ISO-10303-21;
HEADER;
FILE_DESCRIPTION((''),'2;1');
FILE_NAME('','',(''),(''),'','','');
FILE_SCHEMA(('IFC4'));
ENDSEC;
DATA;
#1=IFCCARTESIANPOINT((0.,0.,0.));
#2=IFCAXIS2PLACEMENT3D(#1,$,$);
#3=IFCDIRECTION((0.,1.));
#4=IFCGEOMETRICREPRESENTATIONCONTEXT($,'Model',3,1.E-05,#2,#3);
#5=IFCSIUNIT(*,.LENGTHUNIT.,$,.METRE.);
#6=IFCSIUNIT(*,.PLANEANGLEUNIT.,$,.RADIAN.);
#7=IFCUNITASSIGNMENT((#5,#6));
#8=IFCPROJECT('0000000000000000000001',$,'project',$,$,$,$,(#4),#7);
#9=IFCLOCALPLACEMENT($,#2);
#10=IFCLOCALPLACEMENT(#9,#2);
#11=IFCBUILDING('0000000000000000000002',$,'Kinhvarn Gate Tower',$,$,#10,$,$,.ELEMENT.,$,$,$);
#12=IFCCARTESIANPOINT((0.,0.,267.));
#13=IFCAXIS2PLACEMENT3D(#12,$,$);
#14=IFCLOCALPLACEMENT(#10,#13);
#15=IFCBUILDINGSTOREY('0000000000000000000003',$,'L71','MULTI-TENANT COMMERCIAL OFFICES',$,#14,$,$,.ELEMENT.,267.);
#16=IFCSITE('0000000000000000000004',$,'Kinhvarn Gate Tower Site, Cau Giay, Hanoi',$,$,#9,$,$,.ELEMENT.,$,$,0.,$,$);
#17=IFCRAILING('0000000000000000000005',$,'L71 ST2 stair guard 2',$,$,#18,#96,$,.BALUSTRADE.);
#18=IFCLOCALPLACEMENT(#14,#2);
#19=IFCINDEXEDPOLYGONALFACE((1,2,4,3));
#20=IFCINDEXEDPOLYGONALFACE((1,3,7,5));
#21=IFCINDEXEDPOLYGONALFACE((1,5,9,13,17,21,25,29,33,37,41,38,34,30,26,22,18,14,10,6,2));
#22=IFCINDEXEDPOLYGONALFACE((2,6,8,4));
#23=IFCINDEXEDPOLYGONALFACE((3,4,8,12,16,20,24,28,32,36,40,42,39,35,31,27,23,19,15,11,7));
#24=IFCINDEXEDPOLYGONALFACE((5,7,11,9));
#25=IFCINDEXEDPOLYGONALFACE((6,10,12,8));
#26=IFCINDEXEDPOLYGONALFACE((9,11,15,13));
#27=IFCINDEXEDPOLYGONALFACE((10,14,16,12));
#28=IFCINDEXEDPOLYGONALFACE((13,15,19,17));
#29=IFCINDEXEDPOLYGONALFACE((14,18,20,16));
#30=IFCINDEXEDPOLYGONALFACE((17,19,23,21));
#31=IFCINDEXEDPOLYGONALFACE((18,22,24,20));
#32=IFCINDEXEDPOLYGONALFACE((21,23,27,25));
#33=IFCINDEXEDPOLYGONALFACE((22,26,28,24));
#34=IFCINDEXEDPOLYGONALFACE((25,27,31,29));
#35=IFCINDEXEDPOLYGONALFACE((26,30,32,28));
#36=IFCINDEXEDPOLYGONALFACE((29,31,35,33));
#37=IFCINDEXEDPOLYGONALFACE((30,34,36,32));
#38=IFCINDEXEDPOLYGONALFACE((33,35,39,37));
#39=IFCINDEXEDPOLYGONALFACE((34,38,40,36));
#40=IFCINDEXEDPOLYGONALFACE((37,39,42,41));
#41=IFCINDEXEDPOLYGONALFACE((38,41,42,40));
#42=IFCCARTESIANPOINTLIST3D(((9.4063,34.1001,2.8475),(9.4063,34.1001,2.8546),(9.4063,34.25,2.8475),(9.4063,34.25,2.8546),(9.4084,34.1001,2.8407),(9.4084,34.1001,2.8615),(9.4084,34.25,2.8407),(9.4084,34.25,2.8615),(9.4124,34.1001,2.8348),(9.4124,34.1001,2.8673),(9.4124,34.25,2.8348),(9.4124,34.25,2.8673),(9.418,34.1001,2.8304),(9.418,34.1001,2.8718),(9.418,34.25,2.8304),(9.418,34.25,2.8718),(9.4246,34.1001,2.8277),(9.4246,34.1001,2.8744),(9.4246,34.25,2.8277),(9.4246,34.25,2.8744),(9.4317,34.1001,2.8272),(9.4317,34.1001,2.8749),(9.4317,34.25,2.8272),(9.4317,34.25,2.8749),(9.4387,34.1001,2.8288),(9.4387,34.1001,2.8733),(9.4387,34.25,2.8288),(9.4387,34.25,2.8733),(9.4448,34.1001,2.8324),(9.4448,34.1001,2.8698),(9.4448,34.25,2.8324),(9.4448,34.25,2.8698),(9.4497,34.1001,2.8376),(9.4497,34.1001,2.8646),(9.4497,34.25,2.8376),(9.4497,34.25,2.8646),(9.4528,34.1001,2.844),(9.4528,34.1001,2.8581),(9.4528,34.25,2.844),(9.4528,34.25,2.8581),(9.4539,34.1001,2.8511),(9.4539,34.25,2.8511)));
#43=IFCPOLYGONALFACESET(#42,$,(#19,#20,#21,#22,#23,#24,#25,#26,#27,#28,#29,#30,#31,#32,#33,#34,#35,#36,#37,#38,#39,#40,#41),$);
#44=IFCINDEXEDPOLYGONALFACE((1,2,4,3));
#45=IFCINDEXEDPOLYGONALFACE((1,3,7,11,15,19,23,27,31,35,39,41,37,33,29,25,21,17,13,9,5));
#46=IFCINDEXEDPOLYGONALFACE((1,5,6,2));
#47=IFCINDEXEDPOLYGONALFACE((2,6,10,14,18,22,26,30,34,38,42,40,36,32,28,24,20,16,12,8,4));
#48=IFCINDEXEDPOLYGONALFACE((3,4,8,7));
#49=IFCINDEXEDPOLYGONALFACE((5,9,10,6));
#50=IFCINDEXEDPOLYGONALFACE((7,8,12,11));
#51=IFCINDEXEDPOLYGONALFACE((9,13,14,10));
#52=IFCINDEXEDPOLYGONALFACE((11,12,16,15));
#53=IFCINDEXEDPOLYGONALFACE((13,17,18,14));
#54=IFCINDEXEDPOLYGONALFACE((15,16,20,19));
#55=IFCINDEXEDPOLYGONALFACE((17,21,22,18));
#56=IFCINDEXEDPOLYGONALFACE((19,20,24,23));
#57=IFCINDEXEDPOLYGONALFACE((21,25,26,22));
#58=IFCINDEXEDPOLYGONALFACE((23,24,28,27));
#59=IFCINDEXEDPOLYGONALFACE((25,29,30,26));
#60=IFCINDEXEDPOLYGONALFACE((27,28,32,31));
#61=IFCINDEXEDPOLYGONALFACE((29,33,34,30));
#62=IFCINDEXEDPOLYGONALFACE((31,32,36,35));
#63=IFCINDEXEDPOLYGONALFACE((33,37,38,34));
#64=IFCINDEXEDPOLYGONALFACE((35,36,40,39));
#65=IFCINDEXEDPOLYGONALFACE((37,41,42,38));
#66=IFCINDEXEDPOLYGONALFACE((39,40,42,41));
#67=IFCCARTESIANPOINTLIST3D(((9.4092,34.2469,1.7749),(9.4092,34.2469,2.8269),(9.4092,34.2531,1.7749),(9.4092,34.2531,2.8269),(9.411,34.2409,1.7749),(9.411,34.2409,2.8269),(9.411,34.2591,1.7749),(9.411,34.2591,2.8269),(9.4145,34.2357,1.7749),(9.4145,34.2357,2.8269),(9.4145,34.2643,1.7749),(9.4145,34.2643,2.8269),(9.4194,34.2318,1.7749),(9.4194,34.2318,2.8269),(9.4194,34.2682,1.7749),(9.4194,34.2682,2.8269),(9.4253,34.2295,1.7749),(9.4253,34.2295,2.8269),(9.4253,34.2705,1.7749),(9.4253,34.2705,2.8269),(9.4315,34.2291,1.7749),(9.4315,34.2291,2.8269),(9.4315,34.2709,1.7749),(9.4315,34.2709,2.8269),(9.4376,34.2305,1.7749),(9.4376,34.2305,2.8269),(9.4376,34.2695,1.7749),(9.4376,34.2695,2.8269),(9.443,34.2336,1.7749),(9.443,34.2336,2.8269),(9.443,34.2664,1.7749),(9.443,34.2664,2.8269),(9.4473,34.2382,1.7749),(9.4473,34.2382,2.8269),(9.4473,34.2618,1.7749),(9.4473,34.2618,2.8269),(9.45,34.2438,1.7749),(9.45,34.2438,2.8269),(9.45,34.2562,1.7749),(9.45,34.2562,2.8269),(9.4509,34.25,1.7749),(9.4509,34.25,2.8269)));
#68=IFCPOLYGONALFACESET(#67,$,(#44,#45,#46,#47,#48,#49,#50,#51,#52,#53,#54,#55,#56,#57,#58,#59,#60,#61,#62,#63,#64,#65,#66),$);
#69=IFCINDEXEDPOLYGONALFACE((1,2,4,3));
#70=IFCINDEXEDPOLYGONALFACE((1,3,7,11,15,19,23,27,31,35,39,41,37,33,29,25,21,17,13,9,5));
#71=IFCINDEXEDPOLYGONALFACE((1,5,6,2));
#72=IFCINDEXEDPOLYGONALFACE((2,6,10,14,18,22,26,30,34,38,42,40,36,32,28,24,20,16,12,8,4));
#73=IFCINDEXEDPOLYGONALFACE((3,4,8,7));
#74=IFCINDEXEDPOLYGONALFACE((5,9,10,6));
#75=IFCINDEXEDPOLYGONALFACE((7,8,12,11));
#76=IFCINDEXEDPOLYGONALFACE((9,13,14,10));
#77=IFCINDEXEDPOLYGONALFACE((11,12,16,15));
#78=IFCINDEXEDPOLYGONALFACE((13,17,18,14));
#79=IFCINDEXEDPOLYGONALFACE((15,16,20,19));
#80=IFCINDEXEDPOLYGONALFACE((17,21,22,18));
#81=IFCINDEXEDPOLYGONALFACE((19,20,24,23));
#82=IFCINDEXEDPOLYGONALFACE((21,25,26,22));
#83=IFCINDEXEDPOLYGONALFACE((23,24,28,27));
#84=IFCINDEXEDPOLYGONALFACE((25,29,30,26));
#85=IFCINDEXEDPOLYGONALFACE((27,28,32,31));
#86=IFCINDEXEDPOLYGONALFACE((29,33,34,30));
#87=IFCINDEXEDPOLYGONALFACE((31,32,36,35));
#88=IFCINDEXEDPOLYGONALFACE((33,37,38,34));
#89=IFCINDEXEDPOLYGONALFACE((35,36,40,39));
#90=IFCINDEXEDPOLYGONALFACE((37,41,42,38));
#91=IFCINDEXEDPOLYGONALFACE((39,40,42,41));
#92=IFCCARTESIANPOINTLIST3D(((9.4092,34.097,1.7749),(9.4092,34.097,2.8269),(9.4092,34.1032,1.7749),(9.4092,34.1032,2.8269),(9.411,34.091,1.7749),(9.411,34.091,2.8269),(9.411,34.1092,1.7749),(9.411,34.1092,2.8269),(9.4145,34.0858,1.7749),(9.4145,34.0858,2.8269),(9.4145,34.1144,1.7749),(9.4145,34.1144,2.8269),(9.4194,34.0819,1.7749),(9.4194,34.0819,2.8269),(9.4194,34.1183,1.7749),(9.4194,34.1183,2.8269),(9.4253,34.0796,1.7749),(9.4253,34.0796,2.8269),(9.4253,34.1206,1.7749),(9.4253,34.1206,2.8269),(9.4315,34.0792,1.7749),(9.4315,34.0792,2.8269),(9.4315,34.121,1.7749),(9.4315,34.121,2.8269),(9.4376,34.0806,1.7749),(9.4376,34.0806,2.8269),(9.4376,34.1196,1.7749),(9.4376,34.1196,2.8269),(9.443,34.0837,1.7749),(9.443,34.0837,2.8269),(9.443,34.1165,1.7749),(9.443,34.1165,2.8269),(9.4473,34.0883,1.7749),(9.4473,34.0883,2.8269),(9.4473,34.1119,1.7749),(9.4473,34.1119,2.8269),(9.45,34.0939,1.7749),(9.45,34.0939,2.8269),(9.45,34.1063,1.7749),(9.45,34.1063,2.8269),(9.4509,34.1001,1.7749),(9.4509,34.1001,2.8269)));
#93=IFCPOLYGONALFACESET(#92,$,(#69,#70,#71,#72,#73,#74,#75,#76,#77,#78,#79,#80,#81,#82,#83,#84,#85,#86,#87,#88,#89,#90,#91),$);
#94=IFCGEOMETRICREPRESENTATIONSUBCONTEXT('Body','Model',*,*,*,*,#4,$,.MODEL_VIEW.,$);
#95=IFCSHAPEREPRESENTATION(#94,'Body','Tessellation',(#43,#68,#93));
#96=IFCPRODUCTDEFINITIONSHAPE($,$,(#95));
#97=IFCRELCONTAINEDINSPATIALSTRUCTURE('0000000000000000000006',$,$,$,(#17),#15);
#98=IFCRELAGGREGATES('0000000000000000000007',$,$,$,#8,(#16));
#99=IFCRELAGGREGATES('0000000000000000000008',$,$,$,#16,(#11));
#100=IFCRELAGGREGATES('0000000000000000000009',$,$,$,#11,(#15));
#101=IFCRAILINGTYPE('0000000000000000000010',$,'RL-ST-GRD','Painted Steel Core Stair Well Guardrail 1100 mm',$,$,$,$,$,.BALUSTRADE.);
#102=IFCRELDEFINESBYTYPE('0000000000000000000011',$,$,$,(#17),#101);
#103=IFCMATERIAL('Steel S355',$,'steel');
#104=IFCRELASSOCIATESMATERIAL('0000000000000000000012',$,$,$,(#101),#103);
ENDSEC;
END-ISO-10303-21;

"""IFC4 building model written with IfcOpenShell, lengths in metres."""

from ifc_helpers import new_model, si_unit, direction, frame, origin, origin_2d, place, context, subcontext, project, spatial, circle, extrude, material, type_object, element, save


model = new_model("IFC4")

# Units and contexts
model_context = context("Model", 3, precision=1e-05, world=origin(), true_north=direction((0.0, 1.0)))
body_context = subcontext(model_context, "Body", "Model", "MODEL_VIEW")
ifc_project = project(units=[si_unit("LENGTHUNIT", "METRE"), si_unit("PLANEANGLEUNIT", "RADIAN")], contexts=[model_context])

# Site, building, storey
site_placement = place(None, origin())
site = spatial("IfcSite", under=ifc_project, at=site_placement, Name="Kinhvarn Gate Tower Site, Cau Giay, Hanoi", CompositionType="ELEMENT", RefElevation=0.0)
building_placement = place(site_placement, origin())
building = spatial("IfcBuilding", under=site, at=building_placement, Name="Kinhvarn Gate Tower", CompositionType="ELEMENT")
storey_placement = place(building_placement, frame((0.0, 0.0, 267.0)))
storey = spatial("IfcBuildingStorey", under=building, at=storey_placement, Name="L71", Description="MULTI-TENANT COMMERCIAL OFFICES", CompositionType="ELEMENT", Elevation=267.0)

# Railing
ifc_material_1 = material(Name="Steel S355", Category="steel")
railing_type_1 = type_object("IfcRailingType", Name="RL-ST-GRD", Description="Painted Steel Core Stair Well Guardrail 1100 mm", PredefinedType="BALUSTRADE", material=ifc_material_1)
railing_1_placement = place(storey_placement, frame((9.4299, 34.25, 1.7749)))
element("IfcRailing", 1, at=railing_1_placement, inside=storey, type_object=railing_type_1, Name="L71 ST2 stair guard 2", PredefinedType="BALUSTRADE", context=body_context, shape_type="SweptSolid", body=[
    extrude(circle(Radius=0.0239, at=origin_2d()), frame((0.0, 0.0, 1.0762), z_axis=(0.0, -1.0, 0.0), x_axis=(1.0, 0.0, 0.0)), (0.0, 0.0, 1.0), 0.1499),
    extrude(circle(Radius=0.021, at=origin_2d()), origin(), (0.0, 0.0, 1.0), 1.052),
    extrude(circle(Radius=0.021, at=origin_2d()), frame((0.0, -0.1499, 0.0)), (0.0, 0.0, 1.0), 1.052),
])

save(model, "model.ifc")
